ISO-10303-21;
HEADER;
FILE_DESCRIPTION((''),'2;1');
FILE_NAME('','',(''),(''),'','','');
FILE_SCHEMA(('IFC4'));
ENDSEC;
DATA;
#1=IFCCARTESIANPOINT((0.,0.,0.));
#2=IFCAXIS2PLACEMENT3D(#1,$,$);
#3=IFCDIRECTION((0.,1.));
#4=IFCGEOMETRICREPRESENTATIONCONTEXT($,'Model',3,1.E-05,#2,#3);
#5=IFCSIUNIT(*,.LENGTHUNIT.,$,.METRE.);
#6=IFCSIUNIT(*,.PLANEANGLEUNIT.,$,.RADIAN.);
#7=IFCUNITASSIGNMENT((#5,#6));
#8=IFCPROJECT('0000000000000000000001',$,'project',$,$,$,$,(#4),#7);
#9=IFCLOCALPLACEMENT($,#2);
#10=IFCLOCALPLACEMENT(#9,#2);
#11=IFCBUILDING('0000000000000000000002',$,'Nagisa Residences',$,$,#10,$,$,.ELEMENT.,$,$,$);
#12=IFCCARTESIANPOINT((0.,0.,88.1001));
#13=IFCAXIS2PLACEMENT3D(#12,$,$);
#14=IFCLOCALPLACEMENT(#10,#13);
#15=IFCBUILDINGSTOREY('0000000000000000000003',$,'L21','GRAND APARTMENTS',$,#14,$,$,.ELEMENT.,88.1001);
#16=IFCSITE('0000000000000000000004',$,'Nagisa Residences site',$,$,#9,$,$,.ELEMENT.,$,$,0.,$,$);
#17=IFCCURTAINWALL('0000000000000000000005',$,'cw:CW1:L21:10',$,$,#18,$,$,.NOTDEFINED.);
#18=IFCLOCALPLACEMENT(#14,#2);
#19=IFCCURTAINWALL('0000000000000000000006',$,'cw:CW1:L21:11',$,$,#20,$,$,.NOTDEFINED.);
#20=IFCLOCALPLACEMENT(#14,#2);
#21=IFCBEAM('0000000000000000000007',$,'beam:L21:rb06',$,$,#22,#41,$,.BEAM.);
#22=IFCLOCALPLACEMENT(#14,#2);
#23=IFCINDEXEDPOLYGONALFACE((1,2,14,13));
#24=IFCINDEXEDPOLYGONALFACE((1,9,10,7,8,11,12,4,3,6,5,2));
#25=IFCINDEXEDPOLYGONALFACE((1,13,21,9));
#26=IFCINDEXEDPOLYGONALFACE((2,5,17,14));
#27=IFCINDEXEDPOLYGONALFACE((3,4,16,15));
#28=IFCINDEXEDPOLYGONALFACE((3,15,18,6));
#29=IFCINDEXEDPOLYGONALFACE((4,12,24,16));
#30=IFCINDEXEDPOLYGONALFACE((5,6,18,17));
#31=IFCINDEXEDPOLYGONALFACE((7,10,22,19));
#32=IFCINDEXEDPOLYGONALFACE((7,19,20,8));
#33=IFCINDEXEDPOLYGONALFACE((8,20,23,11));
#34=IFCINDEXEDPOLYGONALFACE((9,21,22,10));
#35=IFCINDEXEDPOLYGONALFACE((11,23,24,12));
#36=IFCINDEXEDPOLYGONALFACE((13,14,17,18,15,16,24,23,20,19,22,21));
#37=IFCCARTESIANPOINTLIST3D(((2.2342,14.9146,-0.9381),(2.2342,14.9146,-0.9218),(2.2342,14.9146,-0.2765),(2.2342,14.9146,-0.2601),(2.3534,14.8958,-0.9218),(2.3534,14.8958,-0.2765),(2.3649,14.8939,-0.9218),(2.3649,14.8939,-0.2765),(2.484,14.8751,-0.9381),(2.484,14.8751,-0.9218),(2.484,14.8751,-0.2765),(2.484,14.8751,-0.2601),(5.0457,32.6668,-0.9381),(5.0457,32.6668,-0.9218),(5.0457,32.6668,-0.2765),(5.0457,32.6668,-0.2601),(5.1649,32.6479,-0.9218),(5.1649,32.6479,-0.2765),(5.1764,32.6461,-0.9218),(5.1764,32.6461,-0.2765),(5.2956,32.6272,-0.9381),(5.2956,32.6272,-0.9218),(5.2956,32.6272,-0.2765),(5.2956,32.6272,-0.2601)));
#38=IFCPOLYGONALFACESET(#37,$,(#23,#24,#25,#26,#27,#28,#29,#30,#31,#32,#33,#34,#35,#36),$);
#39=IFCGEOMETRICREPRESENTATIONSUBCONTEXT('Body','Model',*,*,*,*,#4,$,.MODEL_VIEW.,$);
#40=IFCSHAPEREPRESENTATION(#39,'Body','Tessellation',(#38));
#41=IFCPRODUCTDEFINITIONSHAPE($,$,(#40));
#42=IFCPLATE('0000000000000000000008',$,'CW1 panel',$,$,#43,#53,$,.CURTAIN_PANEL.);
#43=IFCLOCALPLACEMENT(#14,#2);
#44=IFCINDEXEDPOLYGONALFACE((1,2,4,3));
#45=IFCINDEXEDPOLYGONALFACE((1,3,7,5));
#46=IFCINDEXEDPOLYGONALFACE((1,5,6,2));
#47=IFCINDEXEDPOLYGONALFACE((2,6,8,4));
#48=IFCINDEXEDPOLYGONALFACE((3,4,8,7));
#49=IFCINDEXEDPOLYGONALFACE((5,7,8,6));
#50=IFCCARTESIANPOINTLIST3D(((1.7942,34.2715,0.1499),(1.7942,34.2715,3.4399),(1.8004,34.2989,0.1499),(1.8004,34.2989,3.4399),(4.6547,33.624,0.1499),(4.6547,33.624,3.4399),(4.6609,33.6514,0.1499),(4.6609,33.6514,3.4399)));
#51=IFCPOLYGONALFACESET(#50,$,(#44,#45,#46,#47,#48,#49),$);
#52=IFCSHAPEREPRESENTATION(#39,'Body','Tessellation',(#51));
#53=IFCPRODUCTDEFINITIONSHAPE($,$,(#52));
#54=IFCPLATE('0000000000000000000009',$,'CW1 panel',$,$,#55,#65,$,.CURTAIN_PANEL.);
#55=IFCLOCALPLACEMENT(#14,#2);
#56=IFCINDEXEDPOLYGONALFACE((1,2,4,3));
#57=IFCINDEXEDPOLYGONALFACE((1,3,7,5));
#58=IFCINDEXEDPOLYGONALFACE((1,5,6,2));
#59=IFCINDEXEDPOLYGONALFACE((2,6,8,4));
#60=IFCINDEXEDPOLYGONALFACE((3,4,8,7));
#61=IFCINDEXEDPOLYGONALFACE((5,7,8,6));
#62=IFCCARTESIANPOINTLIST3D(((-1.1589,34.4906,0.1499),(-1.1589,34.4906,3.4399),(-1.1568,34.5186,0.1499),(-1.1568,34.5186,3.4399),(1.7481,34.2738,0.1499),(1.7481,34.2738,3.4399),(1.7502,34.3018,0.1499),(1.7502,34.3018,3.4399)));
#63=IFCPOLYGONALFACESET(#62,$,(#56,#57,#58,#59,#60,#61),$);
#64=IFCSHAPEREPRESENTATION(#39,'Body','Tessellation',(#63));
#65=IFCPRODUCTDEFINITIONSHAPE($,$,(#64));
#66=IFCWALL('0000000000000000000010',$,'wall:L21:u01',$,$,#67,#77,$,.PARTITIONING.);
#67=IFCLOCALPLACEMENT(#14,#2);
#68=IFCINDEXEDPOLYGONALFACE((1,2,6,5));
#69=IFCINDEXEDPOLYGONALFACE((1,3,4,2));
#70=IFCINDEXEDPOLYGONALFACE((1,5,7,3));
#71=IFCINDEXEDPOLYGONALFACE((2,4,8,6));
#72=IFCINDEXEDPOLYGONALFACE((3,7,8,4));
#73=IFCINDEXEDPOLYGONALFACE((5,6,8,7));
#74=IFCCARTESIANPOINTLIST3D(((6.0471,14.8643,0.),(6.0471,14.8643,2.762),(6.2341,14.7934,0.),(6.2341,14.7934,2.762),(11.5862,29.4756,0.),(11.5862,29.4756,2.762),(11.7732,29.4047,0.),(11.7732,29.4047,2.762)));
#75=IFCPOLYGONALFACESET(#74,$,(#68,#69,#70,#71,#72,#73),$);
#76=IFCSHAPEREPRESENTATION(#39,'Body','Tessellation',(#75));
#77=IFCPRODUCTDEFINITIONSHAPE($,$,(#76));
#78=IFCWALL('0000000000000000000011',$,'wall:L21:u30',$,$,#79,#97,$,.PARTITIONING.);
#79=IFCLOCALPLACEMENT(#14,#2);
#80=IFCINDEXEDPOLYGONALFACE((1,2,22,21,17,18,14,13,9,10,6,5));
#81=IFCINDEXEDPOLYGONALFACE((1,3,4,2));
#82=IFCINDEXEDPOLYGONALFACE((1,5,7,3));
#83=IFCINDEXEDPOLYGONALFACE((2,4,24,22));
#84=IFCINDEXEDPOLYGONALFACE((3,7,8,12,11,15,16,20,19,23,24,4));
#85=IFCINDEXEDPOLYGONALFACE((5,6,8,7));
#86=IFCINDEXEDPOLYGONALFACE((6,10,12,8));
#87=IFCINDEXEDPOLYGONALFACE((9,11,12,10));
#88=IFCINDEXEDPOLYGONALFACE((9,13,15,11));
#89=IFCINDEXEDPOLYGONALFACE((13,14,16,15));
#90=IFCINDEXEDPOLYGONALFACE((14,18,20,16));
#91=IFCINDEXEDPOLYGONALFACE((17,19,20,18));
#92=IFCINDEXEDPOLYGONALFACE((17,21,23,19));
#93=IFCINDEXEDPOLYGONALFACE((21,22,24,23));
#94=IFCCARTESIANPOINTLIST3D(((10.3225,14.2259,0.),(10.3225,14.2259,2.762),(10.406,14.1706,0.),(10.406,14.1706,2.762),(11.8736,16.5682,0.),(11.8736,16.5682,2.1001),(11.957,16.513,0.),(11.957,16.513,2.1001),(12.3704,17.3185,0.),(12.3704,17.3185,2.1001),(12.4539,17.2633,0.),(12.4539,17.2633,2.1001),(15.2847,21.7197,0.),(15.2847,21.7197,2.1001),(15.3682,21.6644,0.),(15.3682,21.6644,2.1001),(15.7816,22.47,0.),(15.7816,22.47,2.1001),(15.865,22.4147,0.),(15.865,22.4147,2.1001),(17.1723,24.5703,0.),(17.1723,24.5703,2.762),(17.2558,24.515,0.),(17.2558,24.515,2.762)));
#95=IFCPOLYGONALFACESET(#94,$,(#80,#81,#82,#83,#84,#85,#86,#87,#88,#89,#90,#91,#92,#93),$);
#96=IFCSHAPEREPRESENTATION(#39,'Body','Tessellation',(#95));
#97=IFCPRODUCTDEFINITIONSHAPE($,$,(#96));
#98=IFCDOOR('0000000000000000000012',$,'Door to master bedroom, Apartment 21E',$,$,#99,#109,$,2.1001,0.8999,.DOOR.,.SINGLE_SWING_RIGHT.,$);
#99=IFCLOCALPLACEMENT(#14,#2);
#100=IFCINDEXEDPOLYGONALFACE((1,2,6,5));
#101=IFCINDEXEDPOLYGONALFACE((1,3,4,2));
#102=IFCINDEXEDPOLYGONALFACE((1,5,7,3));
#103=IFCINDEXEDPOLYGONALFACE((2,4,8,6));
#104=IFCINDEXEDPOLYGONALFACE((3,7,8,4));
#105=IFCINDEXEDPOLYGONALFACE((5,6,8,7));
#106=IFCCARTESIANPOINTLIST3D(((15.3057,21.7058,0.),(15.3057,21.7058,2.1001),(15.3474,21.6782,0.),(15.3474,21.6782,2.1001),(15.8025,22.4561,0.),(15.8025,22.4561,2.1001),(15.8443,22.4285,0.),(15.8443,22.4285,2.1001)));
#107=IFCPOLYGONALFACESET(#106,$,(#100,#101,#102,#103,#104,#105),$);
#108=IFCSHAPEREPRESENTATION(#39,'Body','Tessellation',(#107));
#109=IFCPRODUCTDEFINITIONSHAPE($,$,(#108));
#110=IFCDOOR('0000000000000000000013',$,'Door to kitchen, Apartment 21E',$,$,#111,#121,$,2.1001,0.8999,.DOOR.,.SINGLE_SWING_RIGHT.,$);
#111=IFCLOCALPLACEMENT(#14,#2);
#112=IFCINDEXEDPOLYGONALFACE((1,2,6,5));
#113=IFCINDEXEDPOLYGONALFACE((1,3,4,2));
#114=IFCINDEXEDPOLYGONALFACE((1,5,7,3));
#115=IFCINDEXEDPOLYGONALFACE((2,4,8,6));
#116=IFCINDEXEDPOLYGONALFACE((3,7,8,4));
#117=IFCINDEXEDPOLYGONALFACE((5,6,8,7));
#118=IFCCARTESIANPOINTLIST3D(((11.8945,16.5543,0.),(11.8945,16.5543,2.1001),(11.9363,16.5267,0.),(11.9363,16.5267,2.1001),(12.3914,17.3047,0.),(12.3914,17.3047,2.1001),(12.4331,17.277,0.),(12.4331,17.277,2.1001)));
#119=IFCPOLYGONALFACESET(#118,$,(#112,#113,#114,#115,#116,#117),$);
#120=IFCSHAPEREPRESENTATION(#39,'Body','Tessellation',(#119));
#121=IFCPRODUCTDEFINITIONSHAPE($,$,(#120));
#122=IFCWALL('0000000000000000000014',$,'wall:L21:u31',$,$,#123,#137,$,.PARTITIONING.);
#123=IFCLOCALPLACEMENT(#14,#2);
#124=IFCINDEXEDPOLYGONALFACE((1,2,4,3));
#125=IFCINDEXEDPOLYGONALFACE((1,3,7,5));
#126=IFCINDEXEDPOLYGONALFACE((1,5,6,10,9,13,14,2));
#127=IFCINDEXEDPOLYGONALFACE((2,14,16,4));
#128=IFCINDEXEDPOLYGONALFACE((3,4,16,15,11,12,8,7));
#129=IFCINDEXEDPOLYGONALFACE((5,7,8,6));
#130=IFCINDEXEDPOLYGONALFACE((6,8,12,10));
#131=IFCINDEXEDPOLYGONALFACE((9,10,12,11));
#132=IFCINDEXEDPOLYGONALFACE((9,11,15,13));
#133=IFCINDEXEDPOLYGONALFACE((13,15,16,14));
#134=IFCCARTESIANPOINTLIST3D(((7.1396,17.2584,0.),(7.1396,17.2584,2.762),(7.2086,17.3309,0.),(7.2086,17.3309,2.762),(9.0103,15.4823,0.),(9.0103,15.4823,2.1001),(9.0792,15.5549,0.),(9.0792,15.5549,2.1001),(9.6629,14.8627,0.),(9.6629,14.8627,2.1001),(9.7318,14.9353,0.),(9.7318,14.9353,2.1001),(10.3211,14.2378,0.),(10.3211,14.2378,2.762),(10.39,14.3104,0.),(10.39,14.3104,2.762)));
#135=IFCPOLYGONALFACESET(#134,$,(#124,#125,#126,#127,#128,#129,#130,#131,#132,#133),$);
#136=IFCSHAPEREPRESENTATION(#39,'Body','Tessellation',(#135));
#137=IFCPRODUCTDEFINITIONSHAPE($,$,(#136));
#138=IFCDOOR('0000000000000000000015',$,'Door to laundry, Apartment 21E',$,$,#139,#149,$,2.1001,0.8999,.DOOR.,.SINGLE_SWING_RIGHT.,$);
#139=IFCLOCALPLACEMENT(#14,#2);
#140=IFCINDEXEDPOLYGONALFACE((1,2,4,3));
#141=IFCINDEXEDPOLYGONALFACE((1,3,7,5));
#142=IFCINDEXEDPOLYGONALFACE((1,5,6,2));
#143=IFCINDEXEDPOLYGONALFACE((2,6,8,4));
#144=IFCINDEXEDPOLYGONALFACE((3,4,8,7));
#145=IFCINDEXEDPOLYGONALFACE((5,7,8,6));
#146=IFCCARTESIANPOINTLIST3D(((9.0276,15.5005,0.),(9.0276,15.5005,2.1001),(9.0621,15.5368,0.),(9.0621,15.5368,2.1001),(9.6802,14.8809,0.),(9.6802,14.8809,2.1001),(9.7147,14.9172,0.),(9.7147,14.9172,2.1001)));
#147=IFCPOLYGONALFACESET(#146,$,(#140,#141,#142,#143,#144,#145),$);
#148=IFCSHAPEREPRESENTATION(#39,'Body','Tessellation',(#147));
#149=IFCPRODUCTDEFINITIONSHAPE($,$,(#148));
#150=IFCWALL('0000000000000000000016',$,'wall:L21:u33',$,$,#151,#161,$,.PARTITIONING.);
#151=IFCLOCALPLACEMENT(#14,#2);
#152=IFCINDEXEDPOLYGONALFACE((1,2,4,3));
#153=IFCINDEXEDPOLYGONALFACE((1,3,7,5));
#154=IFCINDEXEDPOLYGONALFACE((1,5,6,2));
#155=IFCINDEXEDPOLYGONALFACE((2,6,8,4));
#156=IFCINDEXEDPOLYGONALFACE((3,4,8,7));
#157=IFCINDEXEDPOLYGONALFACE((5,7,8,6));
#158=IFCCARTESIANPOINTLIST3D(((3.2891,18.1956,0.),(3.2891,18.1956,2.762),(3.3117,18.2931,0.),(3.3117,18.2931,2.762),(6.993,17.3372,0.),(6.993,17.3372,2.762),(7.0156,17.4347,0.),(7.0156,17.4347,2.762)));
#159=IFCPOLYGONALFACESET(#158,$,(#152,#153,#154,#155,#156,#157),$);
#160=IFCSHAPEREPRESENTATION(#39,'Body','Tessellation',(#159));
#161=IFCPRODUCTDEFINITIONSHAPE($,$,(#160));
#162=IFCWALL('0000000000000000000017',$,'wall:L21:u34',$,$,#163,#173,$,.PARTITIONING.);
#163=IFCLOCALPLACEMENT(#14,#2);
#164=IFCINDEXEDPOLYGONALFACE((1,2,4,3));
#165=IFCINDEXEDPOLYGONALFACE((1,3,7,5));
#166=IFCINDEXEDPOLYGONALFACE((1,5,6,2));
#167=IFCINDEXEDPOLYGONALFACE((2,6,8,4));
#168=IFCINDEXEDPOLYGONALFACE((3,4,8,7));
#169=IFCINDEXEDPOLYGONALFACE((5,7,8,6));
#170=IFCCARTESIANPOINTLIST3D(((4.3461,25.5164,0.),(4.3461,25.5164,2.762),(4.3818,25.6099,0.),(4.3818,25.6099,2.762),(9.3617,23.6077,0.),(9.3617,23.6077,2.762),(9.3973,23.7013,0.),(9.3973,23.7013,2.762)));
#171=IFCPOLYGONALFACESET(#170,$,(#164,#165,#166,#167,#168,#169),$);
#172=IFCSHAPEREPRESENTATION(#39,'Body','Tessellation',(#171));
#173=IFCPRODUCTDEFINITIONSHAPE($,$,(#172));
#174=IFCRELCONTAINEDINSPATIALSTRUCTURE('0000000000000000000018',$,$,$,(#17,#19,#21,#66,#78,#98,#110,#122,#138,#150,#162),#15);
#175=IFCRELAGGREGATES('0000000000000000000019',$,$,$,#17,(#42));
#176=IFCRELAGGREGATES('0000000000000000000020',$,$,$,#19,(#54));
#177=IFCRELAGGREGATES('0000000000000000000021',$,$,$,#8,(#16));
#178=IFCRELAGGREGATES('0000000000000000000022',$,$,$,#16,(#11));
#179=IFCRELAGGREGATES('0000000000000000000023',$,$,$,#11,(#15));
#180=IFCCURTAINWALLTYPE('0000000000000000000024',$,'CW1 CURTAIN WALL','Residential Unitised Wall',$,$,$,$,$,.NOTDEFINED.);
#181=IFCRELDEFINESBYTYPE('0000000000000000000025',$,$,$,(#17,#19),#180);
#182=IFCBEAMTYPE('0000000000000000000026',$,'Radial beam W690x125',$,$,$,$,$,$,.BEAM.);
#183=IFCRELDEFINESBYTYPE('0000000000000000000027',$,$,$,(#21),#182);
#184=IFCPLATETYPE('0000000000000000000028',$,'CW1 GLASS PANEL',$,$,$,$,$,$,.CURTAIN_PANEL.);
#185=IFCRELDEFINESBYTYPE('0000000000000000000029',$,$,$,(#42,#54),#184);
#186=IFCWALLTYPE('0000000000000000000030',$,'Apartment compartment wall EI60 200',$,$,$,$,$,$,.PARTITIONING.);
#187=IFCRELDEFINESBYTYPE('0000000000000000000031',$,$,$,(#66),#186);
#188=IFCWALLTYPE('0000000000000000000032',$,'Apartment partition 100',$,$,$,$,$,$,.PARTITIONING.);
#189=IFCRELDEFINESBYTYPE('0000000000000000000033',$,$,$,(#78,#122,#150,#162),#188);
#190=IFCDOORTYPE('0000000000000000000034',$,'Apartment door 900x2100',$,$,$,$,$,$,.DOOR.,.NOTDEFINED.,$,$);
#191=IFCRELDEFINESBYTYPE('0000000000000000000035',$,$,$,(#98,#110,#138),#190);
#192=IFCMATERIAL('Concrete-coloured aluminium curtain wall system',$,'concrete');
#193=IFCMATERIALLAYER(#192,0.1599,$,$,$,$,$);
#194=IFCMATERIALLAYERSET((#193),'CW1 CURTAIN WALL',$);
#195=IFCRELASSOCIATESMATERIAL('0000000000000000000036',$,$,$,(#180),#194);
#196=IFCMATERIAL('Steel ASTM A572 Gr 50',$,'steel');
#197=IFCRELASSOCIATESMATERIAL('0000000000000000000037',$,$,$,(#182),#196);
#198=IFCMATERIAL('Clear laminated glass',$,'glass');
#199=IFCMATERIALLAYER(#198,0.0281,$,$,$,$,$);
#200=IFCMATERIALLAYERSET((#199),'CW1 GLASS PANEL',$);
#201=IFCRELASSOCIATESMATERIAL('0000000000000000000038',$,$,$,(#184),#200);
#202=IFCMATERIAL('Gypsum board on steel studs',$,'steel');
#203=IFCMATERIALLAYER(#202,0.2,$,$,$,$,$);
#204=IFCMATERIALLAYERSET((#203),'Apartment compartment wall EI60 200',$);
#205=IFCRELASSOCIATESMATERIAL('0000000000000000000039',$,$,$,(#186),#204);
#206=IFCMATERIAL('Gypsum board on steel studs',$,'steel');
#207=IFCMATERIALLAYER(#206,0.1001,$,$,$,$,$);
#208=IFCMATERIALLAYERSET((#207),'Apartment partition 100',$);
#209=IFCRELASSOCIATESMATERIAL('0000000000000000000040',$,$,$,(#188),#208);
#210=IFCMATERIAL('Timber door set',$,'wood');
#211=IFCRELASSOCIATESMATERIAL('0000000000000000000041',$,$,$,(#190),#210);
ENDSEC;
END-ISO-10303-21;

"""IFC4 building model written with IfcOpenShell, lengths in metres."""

from ifc_helpers import new_model, si_unit, direction, frame, frame_2d, origin, origin_2d, place, context, subcontext, project, spatial, rectangle, i_section, extrude, material, layer, layer_set, material_profile, profile_set, type_object, element, fill, aggregate, save


model = new_model("IFC4")

# Units and contexts
model_context = context("Model", 3, precision=1e-05, world=origin(), true_north=direction((0.0, 1.0)))
body_context = subcontext(model_context, "Body", "Model", "MODEL_VIEW")
ifc_project = project(units=[si_unit("LENGTHUNIT", "METRE"), si_unit("PLANEANGLEUNIT", "RADIAN")], contexts=[model_context])

# Site, building, storey
site_placement = place(None, origin())
site = spatial("IfcSite", under=ifc_project, at=site_placement, Name="Nagisa Residences site", CompositionType="ELEMENT", RefElevation=0.0)
building_placement = place(site_placement, origin())
building = spatial("IfcBuilding", under=site, at=building_placement, Name="Nagisa Residences", CompositionType="ELEMENT")
storey_placement = place(building_placement, frame((0.0, 0.0, 88.1001)))
storey = spatial("IfcBuildingStorey", under=building, at=storey_placement, Name="L21", Description="GRAND APARTMENTS", CompositionType="ELEMENT", Elevation=88.1001)

# Curtain walls
ifc_material_1 = material(Name="Concrete-coloured aluminium curtain wall system", Category="concrete")
ifc_layer_1 = layer(ifc_material_1, 0.1599)
ifc_layer_set_1 = layer_set([ifc_layer_1], Name="CW1 CURTAIN WALL")
curtain_wall_type = type_object("IfcCurtainWallType", Name="CW1 CURTAIN WALL", Description="Residential Unitised Wall", PredefinedType="NOTDEFINED", material=ifc_layer_set_1)
curtain_wall_1_placement = place(storey_placement, origin())
curtain_wall_1 = element("IfcCurtainWall", 1, at=curtain_wall_1_placement, inside=storey, type_object=curtain_wall_type, Name="cw:CW1:L21:10", PredefinedType="NOTDEFINED")
curtain_wall_2_placement = place(storey_placement, origin())
curtain_wall_2 = element("IfcCurtainWall", 2, at=curtain_wall_2_placement, inside=storey, type_object=curtain_wall_type, Name="cw:CW1:L21:11", PredefinedType="NOTDEFINED")

# Beam
ifc_material_2 = material(Name="Steel ASTM A572 Gr 50", Category="steel")
ifc_material_profile_1 = material_profile(ifc_material_2, i_section(OverallWidth=0.2529, OverallDepth=0.678, WebThickness=0.0117, FlangeThickness=0.0164, at=origin_2d()), Name="W690x125")
ifc_profile_set_1 = profile_set([ifc_material_profile_1], Name="Steel ASTM A572 Gr 50")
beam_type_1 = type_object("IfcBeamType", Name="Radial beam W690x125", PredefinedType="BEAM", material=ifc_profile_set_1)
beam_1_placement = place(storey_placement, frame((5.1707, 32.647, -0.5991), z_axis=(-0.156426, -0.98769, 0.0), x_axis=(0.98769, -0.156426, 0.0)))
element("IfcBeam", 3, at=beam_1_placement, inside=storey, type_object=beam_type_1, Name="beam:L21:rb06", PredefinedType="BEAM", context=body_context, shape_type="SweptSolid", body=[
    extrude(i_section(OverallWidth=0.2529, OverallDepth=0.678, WebThickness=0.0117, FlangeThickness=0.0164, at=origin_2d()), origin(), (0.0, 0.0, 1.0), 17.9734),
])

# Plates
ifc_material_3 = material(Name="Clear laminated glass", Category="glass")
ifc_layer_2 = layer(ifc_material_3, 0.0281)
ifc_layer_set_2 = layer_set([ifc_layer_2], Name="CW1 GLASS PANEL")
plate_type = type_object("IfcPlateType", Name="CW1 GLASS PANEL", PredefinedType="CURTAIN_PANEL", material=ifc_layer_set_2)
plate_1_placement = place(storey_placement, frame((3.2275, 33.9614, 0.1499), z_axis=(0.0, 0.0, 1.0), x_axis=(-0.975327, 0.220764, 0.0)))
plate_1 = element("IfcPlate", 4, at=plate_1_placement, type_object=plate_type, Name="CW1 panel", PredefinedType="CURTAIN_PANEL", context=body_context, shape_type="SweptSolid", body=[
    extrude(rectangle(XDim=2.9329, YDim=0.0281, at=origin_2d()), origin(), (0.0, 0.0, 1.0), 3.29),
])
aggregate(curtain_wall_1, [plate_1])
plate_2_placement = place(storey_placement, frame((0.2957, 34.3962, 0.1499), z_axis=(0.0, 0.0, 1.0), x_axis=(-0.99723, 0.074377, 0.0)))
plate_2 = element("IfcPlate", 5, at=plate_2_placement, type_object=plate_type, Name="CW1 panel", PredefinedType="CURTAIN_PANEL", context=body_context, shape_type="SweptSolid", body=[
    extrude(rectangle(XDim=2.915, YDim=0.0281, at=origin_2d()), origin(), (0.0, 0.0, 1.0), 3.29),
])
aggregate(curtain_wall_2, [plate_2])

# Wall
ifc_material_4 = material(Name="Gypsum board on steel studs", Category="steel")
ifc_layer_3 = layer(ifc_material_4, 0.2)
ifc_layer_set_3 = layer_set([ifc_layer_3], Name="Apartment compartment wall EI60 200")
wall_type_1 = type_object("IfcWallType", Name="Apartment compartment wall EI60 200", PredefinedType="PARTITIONING", material=ifc_layer_set_3)
wall_1_placement = place(storey_placement, frame((6.1406, 14.8289, 0.0), z_axis=(0.0, 0.0, 1.0), x_axis=(0.354477, 0.935065, 0.0)))
element("IfcWall", 6, at=wall_1_placement, inside=storey, type_object=wall_type_1, Name="wall:L21:u01", PredefinedType="PARTITIONING", context=body_context, shape_type="SweptSolid", body=[
    extrude(rectangle(XDim=15.626, YDim=0.2, at=frame_2d((7.813, 0.0))), origin(), (0.0, 0.0, 1.0), 2.762),
])

# Wall, openings, doors
ifc_material_5 = material(Name="Gypsum board on steel studs", Category="steel")
ifc_layer_4 = layer(ifc_material_5, 0.1001)
ifc_layer_set_4 = layer_set([ifc_layer_4], Name="Apartment partition 100")
wall_type_2 = type_object("IfcWallType", Name="Apartment partition 100", PredefinedType="PARTITIONING", material=ifc_layer_set_4)
wall_2_placement = place(storey_placement, frame((10.3643, 14.1982, 0.0), z_axis=(0.0, 0.0, 1.0), x_axis=(0.552105, 0.833775, 0.0)))
wall_2 = element("IfcWall", 7, at=wall_2_placement, inside=storey, type_object=wall_type_2, Name="wall:L21:u30", PredefinedType="PARTITIONING", context=body_context, shape_type="SweptSolid", body=[
    extrude(rectangle(XDim=12.4067, YDim=0.1001, at=frame_2d((6.2034, 0.0))), origin(), (0.0, 0.0, 1.0), 2.762),
])
opening_1_placement = place(wall_2_placement, frame((8.9878, 0.0, 0.0)))
opening_1 = element("IfcOpeningElement", 8, at=opening_1_placement, cuts=wall_2, PredefinedType="OPENING", context=body_context, shape_type="SweptSolid", body=[
    extrude(rectangle(XDim=0.8999, YDim=2.1001, at=frame_2d((0.45, 1.05))), frame((0.0, 0.0601, 0.0), z_axis=(0.0, -1.0, 0.0), x_axis=(1.0, 0.0, 0.0)), (0.0, 0.0, 1.0), 0.1201),
])
opening_2_placement = place(wall_2_placement, frame((2.8093, 0.0, 0.0)))
opening_2 = element("IfcOpeningElement", 9, at=opening_2_placement, cuts=wall_2, PredefinedType="OPENING", context=body_context, shape_type="SweptSolid", body=[
    extrude(rectangle(XDim=0.8999, YDim=2.1001, at=frame_2d((0.45, 1.05))), frame((0.0, 0.0601, 0.0), z_axis=(0.0, -1.0, 0.0), x_axis=(1.0, 0.0, 0.0)), (0.0, 0.0, 1.0), 0.1201),
])
ifc_material_6 = material(Name="Timber door set", Category="wood")
door_type_1 = type_object("IfcDoorType", Name="Apartment door 900x2100", OperationType="NOTDEFINED", PredefinedType="DOOR", material=ifc_material_6)
door_1_placement = place(opening_1_placement, origin())
door_1 = element("IfcDoor", 10, at=door_1_placement, inside=storey, type_object=door_type_1, Name="Door to master bedroom, Apartment 21E", OperationType="SINGLE_SWING_RIGHT", OverallHeight=2.1001, OverallWidth=0.8999, PredefinedType="DOOR", context=body_context, shape_type="SweptSolid", body=[
    extrude(rectangle(XDim=0.8999, YDim=2.1001, at=frame_2d((0.45, 1.05))), frame((0.0, 0.0249, 0.0), z_axis=(0.0, -1.0, 0.0), x_axis=(1.0, 0.0, 0.0)), (0.0, 0.0, 1.0), 0.05),
])
fill(opening_1, door_1)
door_2_placement = place(opening_2_placement, origin())
door_2 = element("IfcDoor", 11, at=door_2_placement, inside=storey, type_object=door_type_1, Name="Door to kitchen, Apartment 21E", OperationType="SINGLE_SWING_RIGHT", OverallHeight=2.1001, OverallWidth=0.8999, PredefinedType="DOOR", context=body_context, shape_type="SweptSolid", body=[
    extrude(rectangle(XDim=0.8999, YDim=2.1001, at=frame_2d((0.45, 1.05))), frame((0.0, 0.0249, 0.0), z_axis=(0.0, -1.0, 0.0), x_axis=(1.0, 0.0, 0.0)), (0.0, 0.0, 1.0), 0.05),
])
fill(opening_2, door_2)

# Wall, opening, door
wall_3_placement = place(storey_placement, frame((10.3555, 14.2742, 0.0), z_axis=(0.0, 0.0, 1.0), x_axis=(-0.725206, 0.688532, 0.0)))
wall_3 = element("IfcWall", 12, at=wall_3_placement, inside=storey, type_object=wall_type_2, Name="wall:L21:u31", PredefinedType="PARTITIONING", context=body_context, shape_type="SweptSolid", body=[
    extrude(rectangle(XDim=4.387, YDim=0.1001, at=frame_2d((2.1934, 0.0))), origin(), (0.0, 0.0, 1.0), 2.762),
])
opening_3_placement = place(wall_3_placement, frame((0.9075, 0.0, 0.0)))
opening_3 = element("IfcOpeningElement", 13, at=opening_3_placement, cuts=wall_3, PredefinedType="OPENING", context=body_context, shape_type="SweptSolid", body=[
    extrude(rectangle(XDim=0.8999, YDim=2.1001, at=frame_2d((0.45, 1.05))), frame((0.0, 0.0601, 0.0), z_axis=(0.0, -1.0, 0.0), x_axis=(1.0, 0.0, 0.0)), (0.0, 0.0, 1.0), 0.1201),
])
door_3_placement = place(opening_3_placement, origin())
door_3 = element("IfcDoor", 14, at=door_3_placement, inside=storey, type_object=door_type_1, Name="Door to laundry, Apartment 21E", OperationType="SINGLE_SWING_RIGHT", OverallHeight=2.1001, OverallWidth=0.8999, PredefinedType="DOOR", context=body_context, shape_type="SweptSolid", body=[
    extrude(rectangle(XDim=0.8999, YDim=2.1001, at=frame_2d((0.45, 1.05))), frame((0.0, 0.0249, 0.0), z_axis=(0.0, -1.0, 0.0), x_axis=(1.0, 0.0, 0.0)), (0.0, 0.0, 1.0), 0.05),
])
fill(opening_3, door_3)

# Walls
wall_4_placement = place(storey_placement, frame((7.0042, 17.386, 0.0), z_axis=(0.0, 0.0, 1.0), x_axis=(-0.97418, 0.225774, 0.0)))
element("IfcWall", 15, at=wall_4_placement, inside=storey, type_object=wall_type_2, Name="wall:L21:u33", PredefinedType="PARTITIONING", context=body_context, shape_type="SweptSolid", body=[
    extrude(rectangle(XDim=3.802, YDim=0.1001, at=frame_2d((1.9009, 0.0))), origin(), (0.0, 0.0, 1.0), 2.762),
])
wall_5_placement = place(storey_placement, frame((9.3794, 23.6545, 0.0), z_axis=(0.0, 0.0, 1.0), x_axis=(-0.934613, 0.355666, 0.0)))
element("IfcWall", 16, at=wall_5_placement, inside=storey, type_object=wall_type_2, Name="wall:L21:u34", PredefinedType="PARTITIONING", context=body_context, shape_type="SweptSolid", body=[
    extrude(rectangle(XDim=5.3665, YDim=0.1001, at=frame_2d((2.6831, 0.0))), origin(), (0.0, 0.0, 1.0), 2.762),
])

save(model, "model.ifc")
